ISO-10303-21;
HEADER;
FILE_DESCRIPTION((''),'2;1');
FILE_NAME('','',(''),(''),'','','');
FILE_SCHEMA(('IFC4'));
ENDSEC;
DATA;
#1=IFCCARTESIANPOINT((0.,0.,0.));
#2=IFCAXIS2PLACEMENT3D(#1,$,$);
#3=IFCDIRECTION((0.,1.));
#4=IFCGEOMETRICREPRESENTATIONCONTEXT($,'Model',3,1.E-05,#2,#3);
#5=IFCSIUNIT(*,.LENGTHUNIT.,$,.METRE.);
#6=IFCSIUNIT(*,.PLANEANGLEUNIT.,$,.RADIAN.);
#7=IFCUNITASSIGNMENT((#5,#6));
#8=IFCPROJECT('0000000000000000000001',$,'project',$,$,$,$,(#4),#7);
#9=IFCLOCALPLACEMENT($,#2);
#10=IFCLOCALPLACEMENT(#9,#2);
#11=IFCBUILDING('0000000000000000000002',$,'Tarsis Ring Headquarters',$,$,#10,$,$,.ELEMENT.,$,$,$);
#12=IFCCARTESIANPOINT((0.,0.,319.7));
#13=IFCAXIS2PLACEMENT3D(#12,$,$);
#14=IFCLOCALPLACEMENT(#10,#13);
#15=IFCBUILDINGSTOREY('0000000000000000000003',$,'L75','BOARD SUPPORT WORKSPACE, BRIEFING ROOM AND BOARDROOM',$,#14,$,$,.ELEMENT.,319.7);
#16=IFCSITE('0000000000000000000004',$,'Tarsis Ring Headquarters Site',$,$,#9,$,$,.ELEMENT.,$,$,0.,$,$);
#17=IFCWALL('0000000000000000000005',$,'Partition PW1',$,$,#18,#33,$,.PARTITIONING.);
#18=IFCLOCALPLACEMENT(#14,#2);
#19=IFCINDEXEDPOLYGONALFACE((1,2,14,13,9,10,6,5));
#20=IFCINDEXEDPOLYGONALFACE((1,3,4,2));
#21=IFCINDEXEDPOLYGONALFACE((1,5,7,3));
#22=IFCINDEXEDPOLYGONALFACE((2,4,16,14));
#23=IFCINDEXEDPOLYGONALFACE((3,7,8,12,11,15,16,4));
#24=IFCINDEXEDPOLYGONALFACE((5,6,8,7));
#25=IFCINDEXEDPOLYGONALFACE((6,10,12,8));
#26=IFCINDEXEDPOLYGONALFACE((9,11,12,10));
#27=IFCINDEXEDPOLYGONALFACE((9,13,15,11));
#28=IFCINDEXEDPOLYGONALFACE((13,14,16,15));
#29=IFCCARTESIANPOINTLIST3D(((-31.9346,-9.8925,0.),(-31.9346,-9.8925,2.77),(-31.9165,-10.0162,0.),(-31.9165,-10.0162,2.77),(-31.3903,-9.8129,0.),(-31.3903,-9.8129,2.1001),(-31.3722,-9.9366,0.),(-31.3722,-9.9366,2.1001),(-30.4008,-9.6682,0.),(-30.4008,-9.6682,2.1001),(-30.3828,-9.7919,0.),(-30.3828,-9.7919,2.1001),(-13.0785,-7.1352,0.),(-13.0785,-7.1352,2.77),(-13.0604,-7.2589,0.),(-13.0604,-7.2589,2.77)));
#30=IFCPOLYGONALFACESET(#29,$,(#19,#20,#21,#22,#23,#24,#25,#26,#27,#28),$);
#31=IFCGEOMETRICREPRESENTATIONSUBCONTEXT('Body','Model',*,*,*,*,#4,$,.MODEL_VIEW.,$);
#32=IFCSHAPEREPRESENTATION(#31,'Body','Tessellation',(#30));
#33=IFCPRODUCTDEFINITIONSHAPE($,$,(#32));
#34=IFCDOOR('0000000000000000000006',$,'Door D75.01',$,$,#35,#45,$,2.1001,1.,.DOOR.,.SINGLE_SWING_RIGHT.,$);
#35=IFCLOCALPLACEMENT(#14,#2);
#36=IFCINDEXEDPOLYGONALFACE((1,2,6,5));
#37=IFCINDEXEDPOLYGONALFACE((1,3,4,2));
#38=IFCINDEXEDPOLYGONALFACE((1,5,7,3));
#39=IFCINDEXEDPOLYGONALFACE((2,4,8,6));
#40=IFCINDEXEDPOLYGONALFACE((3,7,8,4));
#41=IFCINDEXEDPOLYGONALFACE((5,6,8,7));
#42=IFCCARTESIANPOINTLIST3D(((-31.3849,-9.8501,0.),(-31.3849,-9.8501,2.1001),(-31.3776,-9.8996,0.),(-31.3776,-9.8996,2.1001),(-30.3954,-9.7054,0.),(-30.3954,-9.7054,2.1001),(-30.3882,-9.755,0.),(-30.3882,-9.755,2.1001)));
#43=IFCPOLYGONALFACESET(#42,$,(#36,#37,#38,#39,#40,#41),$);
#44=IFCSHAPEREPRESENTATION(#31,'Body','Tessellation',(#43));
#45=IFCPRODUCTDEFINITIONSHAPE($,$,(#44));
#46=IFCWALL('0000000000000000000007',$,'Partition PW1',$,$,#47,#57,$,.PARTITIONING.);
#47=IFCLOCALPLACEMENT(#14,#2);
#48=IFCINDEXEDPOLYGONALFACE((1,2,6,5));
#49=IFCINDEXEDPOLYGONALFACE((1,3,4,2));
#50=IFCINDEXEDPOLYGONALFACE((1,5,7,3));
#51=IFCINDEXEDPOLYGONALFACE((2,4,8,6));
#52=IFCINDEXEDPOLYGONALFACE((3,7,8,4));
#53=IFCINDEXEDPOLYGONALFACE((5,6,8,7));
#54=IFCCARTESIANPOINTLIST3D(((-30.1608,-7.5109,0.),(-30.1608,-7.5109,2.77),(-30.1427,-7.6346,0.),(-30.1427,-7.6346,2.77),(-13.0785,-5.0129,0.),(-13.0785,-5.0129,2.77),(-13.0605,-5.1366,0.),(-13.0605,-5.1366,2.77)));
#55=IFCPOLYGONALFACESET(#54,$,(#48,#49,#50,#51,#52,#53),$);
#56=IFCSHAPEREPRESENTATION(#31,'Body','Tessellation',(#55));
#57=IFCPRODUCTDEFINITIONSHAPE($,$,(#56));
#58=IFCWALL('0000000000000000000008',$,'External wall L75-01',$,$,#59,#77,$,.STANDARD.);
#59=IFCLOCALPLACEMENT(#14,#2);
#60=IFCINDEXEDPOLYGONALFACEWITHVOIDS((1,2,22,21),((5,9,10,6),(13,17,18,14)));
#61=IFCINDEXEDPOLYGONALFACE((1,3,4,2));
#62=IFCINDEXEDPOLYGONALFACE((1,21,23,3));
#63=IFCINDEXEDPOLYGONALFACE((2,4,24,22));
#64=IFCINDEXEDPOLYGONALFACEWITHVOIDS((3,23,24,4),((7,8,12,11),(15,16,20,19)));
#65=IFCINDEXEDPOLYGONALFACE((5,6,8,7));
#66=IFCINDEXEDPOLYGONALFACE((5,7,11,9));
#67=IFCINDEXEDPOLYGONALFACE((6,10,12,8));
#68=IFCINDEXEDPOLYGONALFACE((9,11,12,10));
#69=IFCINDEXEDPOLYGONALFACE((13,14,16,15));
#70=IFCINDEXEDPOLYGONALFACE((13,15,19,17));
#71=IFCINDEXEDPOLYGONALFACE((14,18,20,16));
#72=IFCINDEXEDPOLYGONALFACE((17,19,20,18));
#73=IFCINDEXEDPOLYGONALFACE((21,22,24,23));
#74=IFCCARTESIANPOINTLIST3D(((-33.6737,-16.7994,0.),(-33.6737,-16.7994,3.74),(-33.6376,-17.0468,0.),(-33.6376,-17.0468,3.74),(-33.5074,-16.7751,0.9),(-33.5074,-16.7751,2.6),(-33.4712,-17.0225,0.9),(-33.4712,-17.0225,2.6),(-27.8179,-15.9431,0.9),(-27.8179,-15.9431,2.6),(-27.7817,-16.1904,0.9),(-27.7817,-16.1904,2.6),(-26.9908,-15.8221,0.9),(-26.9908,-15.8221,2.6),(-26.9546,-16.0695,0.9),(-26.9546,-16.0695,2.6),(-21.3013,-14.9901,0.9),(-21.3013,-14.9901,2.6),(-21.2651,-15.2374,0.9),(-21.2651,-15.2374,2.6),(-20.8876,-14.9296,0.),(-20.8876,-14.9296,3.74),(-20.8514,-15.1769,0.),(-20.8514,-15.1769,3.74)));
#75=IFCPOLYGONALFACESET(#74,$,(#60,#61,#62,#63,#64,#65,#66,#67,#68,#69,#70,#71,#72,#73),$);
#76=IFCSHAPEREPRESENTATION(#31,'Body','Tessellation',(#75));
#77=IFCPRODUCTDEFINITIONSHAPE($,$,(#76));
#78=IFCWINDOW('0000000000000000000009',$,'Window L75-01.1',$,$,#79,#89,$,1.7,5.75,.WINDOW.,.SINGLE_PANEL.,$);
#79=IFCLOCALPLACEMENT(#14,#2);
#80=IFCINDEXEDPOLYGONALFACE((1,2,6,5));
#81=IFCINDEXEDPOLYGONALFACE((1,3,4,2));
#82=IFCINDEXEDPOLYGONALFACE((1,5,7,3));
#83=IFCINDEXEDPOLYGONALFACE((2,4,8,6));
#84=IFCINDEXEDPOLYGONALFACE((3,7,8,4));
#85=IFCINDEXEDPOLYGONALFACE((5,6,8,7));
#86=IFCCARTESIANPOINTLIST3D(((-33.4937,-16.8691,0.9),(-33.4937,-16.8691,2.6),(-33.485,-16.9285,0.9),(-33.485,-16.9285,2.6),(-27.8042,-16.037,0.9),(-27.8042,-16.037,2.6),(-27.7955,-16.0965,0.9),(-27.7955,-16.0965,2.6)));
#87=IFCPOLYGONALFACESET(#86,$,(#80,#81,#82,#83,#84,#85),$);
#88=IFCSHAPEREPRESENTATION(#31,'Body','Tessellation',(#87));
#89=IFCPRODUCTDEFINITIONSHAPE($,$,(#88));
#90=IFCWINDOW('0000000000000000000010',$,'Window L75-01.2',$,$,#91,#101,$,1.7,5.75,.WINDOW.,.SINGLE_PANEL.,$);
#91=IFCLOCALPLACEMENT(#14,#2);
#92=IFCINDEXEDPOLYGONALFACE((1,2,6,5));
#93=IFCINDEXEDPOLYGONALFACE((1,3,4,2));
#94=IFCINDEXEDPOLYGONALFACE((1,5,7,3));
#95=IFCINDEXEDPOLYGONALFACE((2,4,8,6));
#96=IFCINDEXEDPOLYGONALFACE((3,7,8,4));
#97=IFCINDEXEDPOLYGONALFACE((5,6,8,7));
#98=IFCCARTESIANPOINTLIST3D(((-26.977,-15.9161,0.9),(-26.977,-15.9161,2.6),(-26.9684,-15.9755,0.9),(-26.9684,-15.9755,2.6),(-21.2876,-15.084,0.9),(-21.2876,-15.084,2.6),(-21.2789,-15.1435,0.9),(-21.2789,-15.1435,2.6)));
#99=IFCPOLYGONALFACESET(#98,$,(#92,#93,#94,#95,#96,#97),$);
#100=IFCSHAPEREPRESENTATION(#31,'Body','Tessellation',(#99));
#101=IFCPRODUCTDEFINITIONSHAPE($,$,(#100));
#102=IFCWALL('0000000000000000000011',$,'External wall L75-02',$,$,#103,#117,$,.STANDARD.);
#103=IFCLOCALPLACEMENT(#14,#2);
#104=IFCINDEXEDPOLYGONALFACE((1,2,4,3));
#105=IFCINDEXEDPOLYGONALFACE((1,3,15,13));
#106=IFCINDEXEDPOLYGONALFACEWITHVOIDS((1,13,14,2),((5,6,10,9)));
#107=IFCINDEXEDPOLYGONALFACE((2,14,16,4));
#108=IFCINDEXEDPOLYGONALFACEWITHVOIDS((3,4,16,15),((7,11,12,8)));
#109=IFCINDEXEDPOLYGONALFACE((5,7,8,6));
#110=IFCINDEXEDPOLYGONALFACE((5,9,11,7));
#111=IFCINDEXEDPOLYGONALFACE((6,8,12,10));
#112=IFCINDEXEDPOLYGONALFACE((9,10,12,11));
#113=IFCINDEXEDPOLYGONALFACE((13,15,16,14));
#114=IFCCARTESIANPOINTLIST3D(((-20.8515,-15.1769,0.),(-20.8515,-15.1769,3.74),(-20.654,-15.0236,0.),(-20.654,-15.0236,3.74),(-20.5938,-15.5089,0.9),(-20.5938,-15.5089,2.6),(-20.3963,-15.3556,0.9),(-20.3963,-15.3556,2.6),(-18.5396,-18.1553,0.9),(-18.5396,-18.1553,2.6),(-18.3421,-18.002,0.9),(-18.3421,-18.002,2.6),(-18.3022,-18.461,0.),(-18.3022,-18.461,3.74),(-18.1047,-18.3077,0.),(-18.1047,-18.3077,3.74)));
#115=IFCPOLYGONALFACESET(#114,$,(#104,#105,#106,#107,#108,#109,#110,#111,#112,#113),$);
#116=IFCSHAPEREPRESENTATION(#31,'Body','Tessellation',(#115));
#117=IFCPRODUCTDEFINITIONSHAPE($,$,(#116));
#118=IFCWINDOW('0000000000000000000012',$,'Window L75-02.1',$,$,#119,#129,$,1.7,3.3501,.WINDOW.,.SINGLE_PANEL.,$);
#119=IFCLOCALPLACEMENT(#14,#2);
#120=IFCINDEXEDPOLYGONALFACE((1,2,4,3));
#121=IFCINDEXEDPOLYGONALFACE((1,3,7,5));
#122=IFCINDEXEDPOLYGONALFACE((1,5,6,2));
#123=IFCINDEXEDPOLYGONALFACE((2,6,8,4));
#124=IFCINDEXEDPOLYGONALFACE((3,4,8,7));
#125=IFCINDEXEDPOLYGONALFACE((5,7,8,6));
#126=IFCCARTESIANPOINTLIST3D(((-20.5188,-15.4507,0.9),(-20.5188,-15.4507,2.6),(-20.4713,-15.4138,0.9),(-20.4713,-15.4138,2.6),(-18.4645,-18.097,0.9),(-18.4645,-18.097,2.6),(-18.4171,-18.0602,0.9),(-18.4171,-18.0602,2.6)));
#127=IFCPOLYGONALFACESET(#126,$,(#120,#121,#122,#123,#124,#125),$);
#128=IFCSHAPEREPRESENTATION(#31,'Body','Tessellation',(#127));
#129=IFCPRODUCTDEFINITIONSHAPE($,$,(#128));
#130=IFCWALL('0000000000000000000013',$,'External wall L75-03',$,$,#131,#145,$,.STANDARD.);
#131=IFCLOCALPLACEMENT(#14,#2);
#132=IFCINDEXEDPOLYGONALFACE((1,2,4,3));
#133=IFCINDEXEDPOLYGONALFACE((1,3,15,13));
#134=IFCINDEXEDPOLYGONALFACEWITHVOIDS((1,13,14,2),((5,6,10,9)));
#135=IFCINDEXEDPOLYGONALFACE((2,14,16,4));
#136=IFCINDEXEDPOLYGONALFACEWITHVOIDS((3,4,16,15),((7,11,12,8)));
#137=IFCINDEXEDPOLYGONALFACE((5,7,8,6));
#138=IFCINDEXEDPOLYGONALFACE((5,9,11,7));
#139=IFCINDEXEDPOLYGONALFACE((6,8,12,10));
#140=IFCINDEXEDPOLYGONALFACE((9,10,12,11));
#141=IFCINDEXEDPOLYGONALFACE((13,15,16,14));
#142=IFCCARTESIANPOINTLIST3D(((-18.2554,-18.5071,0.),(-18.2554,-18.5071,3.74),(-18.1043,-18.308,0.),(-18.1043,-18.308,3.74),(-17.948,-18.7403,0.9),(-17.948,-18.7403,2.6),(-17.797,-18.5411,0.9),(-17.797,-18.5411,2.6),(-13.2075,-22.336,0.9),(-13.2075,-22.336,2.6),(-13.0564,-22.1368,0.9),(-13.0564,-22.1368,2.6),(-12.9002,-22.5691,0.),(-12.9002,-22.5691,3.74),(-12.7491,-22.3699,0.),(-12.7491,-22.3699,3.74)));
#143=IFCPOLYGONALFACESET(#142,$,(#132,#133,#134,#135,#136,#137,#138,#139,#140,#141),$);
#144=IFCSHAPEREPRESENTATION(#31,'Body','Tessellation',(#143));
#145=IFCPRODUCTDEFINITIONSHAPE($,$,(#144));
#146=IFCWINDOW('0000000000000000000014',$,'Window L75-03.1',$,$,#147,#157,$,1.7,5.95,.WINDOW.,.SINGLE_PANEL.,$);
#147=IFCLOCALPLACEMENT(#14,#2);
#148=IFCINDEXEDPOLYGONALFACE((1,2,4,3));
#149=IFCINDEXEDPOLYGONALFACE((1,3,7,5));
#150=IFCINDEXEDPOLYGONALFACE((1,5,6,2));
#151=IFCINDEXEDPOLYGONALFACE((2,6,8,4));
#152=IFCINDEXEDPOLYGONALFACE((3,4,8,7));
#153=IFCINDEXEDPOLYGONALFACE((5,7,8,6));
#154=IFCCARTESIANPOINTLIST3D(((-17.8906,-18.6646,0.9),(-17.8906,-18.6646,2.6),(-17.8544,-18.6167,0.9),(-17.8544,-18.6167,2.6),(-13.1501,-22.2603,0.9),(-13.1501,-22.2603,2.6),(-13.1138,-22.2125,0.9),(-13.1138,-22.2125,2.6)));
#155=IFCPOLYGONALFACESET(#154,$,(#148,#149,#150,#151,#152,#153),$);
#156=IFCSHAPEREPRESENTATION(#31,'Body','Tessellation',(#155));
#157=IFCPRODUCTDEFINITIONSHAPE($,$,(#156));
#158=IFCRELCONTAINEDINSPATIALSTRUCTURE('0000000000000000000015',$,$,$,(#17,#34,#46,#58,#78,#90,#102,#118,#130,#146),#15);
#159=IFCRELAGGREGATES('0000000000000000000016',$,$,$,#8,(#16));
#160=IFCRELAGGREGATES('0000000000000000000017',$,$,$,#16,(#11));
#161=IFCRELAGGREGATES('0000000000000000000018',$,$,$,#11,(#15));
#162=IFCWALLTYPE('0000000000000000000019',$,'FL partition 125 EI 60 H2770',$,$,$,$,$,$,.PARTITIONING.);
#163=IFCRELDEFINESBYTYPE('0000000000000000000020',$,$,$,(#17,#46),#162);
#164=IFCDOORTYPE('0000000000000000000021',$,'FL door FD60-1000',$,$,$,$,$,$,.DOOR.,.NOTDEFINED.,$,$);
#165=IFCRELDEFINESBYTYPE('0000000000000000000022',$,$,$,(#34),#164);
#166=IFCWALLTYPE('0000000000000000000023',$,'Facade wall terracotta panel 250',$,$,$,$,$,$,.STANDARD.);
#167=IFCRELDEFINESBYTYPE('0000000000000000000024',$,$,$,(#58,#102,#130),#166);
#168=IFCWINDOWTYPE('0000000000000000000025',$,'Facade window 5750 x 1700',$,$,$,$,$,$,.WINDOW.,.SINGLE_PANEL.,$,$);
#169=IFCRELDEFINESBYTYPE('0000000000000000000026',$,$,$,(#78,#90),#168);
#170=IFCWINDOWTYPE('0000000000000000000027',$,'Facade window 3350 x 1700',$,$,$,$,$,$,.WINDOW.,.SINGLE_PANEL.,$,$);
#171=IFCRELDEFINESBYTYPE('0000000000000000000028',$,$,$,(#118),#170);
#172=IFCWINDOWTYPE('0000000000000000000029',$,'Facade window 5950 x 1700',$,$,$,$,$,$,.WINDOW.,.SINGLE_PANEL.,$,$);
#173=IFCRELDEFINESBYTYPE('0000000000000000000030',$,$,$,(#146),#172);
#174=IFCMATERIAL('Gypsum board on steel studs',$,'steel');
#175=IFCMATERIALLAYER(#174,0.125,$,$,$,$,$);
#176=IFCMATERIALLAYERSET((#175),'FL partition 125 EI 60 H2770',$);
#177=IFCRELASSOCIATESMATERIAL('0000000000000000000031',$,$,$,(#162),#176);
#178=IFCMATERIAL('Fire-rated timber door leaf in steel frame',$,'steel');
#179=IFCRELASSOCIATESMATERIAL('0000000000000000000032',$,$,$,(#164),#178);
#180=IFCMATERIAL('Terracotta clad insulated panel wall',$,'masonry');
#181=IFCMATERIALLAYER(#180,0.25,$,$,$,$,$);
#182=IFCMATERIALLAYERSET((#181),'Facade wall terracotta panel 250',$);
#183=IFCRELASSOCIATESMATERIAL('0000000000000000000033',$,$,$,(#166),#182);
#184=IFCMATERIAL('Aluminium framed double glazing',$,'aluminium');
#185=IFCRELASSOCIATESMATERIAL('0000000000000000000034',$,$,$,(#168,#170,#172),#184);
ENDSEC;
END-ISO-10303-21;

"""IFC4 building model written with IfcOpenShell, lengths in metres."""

from ifc_helpers import new_model, si_unit, direction, frame, frame_2d, origin, place, context, subcontext, project, spatial, rectangle, extrude, material, layer, layer_set, type_object, element, fill, save


model = new_model("IFC4")

# Units and contexts
model_context = context("Model", 3, precision=1e-05, world=origin(), true_north=direction((0.0, 1.0)))
body_context = subcontext(model_context, "Body", "Model", "MODEL_VIEW")
ifc_project = project(units=[si_unit("LENGTHUNIT", "METRE"), si_unit("PLANEANGLEUNIT", "RADIAN")], contexts=[model_context])

# Site, building, storey
site_placement = place(None, origin())
site = spatial("IfcSite", under=ifc_project, at=site_placement, Name="Tarsis Ring Headquarters Site", CompositionType="ELEMENT", RefElevation=0.0)
building_placement = place(site_placement, origin())
building = spatial("IfcBuilding", under=site, at=building_placement, Name="Tarsis Ring Headquarters", CompositionType="ELEMENT")
storey_placement = place(building_placement, frame((0.0, 0.0, 319.7)))
storey = spatial("IfcBuildingStorey", under=building, at=storey_placement, Name="L75", Description="BOARD SUPPORT WORKSPACE, BRIEFING ROOM AND BOARDROOM", CompositionType="ELEMENT", Elevation=319.7)

# Shared definitions
ifc_material_1 = material(Name="Gypsum board on steel studs", Category="steel")

# Wall, opening, door
ifc_layer_1 = layer(ifc_material_1, 0.125)
ifc_layer_set_1 = layer_set([ifc_layer_1], Name="FL partition 125 EI 60 H2770")
wall_type_1 = type_object("IfcWallType", Name="FL partition 125 EI 60 H2770", PredefinedType="PARTITIONING", material=ifc_layer_set_1)
wall_1_placement = place(storey_placement, frame((-31.9255, -9.9543, 0.0), z_axis=(0.0, 0.0, 1.0), x_axis=(0.989477, 0.14469, 0.0)))
wall_1 = element("IfcWall", 1, at=wall_1_placement, inside=storey, type_object=wall_type_1, Name="Partition PW1", PredefinedType="PARTITIONING", context=body_context, shape_type="SweptSolid", body=[
    extrude(rectangle(XDim=19.0566, YDim=0.125, at=frame_2d((9.5283, 0.0))), origin(), (0.0, 0.0, 1.0), 2.77),
])
opening_1_placement = place(wall_1_placement, frame((0.55, 0.0, 0.0)))
opening_1 = element("IfcOpeningElement", 2, at=opening_1_placement, cuts=wall_1, PredefinedType="OPENING", context=body_context, shape_type="SweptSolid", body=[
    extrude(rectangle(XDim=1.0, YDim=2.1001, at=frame_2d((0.5, 1.05))), frame((0.0, 0.0725, 0.0), z_axis=(0.0, -1.0, 0.0), x_axis=(1.0, 0.0, 0.0)), (0.0, 0.0, 1.0), 0.145),
])
ifc_material_2 = material(Name="Fire-rated timber door leaf in steel frame", Category="steel")
door_type = type_object("IfcDoorType", Name="FL door FD60-1000", OperationType="NOTDEFINED", PredefinedType="DOOR", material=ifc_material_2)
door_placement = place(opening_1_placement, origin())
door = element("IfcDoor", 3, at=door_placement, inside=storey, type_object=door_type, Name="Door D75.01", OperationType="SINGLE_SWING_RIGHT", OverallHeight=2.1001, OverallWidth=1.0, PredefinedType="DOOR", context=body_context, shape_type="SweptSolid", body=[
    extrude(rectangle(XDim=1.0, YDim=2.1001, at=frame_2d((0.5, 1.05))), frame((0.0, 0.0249, 0.0), z_axis=(0.0, -1.0, 0.0), x_axis=(1.0, 0.0, 0.0)), (0.0, 0.0, 1.0), 0.05),
])
fill(opening_1, door)

# Wall
wall_2_placement = place(storey_placement, frame((-30.1516, -7.5728, 0.0), z_axis=(0.0, 0.0, 1.0), x_axis=(0.989476, 0.144697, 0.0)))
element("IfcWall", 4, at=wall_2_placement, inside=storey, type_object=wall_type_1, Name="Partition PW1", PredefinedType="PARTITIONING", context=body_context, shape_type="SweptSolid", body=[
    extrude(rectangle(XDim=17.2639, YDim=0.125, at=frame_2d((8.6318, 0.0))), origin(), (0.0, 0.0, 1.0), 2.77),
])

# Wall, openings, windows
ifc_material_3 = material(Name="Terracotta clad insulated panel wall", Category="masonry")
ifc_layer_2 = layer(ifc_material_3, 0.25)
ifc_layer_set_2 = layer_set([ifc_layer_2], Name="Facade wall terracotta panel 250")
wall_type_2 = type_object("IfcWallType", Name="Facade wall terracotta panel 250", PredefinedType="STANDARD", material=ifc_layer_set_2)
wall_3_placement = place(storey_placement, frame((-33.6555, -16.9231, 0.0), z_axis=(0.0, 0.0, 1.0), x_axis=(0.989475, 0.144703, 0.0)))
wall_3 = element("IfcWall", 5, at=wall_3_placement, inside=storey, type_object=wall_type_2, Name="External wall L75-01", PredefinedType="STANDARD", context=body_context, shape_type="SweptSolid", body=[
    extrude(rectangle(XDim=12.9221, YDim=0.25, at=frame_2d((6.4609, 0.0))), origin(), (0.0, 0.0, 1.0), 3.74),
])
opening_2_placement = place(wall_3_placement, frame((0.168, 0.0, 0.8999)))
opening_2 = element("IfcOpeningElement", 6, at=opening_2_placement, cuts=wall_3, PredefinedType="OPENING", context=body_context, shape_type="SweptSolid", body=[
    extrude(rectangle(XDim=5.75, YDim=1.7, at=frame_2d((2.875, 0.8501))), frame((0.0, 0.135, 0.0), z_axis=(0.0, -1.0, 0.0), x_axis=(1.0, 0.0, 0.0)), (0.0, 0.0, 1.0), 0.27),
])
opening_3_placement = place(wall_3_placement, frame((6.7539, 0.0, 0.8999)))
opening_3 = element("IfcOpeningElement", 7, at=opening_3_placement, cuts=wall_3, PredefinedType="OPENING", context=body_context, shape_type="SweptSolid", body=[
    extrude(rectangle(XDim=5.75, YDim=1.7, at=frame_2d((2.875, 0.8501))), frame((0.0, 0.135, 0.0), z_axis=(0.0, -1.0, 0.0), x_axis=(1.0, 0.0, 0.0)), (0.0, 0.0, 1.0), 0.27),
])
ifc_material_4 = material(Name="Aluminium framed double glazing", Category="aluminium")
window_type_1 = type_object("IfcWindowType", Name="Facade window 5750 x 1700", PartitioningType="SINGLE_PANEL", PredefinedType="WINDOW", material=ifc_material_4)
window_1_placement = place(opening_2_placement, origin())
window_1 = element("IfcWindow", 8, at=window_1_placement, inside=storey, type_object=window_type_1, Name="Window L75-01.1", OverallHeight=1.7, OverallWidth=5.75, PartitioningType="SINGLE_PANEL", PredefinedType="WINDOW", context=body_context, shape_type="SweptSolid", body=[
    extrude(rectangle(XDim=5.75, YDim=1.7, at=frame_2d((2.875, 0.8501))), frame((0.0, 0.03, 0.0), z_axis=(0.0, -1.0, 0.0), x_axis=(1.0, 0.0, 0.0)), (0.0, 0.0, 1.0), 0.0601),
])
fill(opening_2, window_1)
window_2_placement = place(opening_3_placement, origin())
window_2 = element("IfcWindow", 9, at=window_2_placement, inside=storey, type_object=window_type_1, Name="Window L75-01.2", OverallHeight=1.7, OverallWidth=5.75, PartitioningType="SINGLE_PANEL", PredefinedType="WINDOW", context=body_context, shape_type="SweptSolid", body=[
    extrude(rectangle(XDim=5.75, YDim=1.7, at=frame_2d((2.875, 0.8501))), frame((0.0, 0.03, 0.0), z_axis=(0.0, -1.0, 0.0), x_axis=(1.0, 0.0, 0.0)), (0.0, 0.0, 1.0), 0.0601),
])
fill(opening_3, window_2)

# Walls, openings, windows
wall_4_placement = place(storey_placement, frame((-20.7527, -15.1003, 0.0), z_axis=(0.0, 0.0, 1.0), x_axis=(0.613184, -0.78994, 0.0)))
wall_4 = element("IfcWall", 10, at=wall_4_placement, inside=storey, type_object=wall_type_2, Name="External wall L75-02", PredefinedType="STANDARD", context=body_context, shape_type="SweptSolid", body=[
    extrude(rectangle(XDim=4.1575, YDim=0.25, at=frame_2d((2.0786, 0.0))), origin(), (0.0, 0.0, 1.0), 3.74),
])
opening_4_placement = place(wall_4_placement, frame((0.4202, 0.0, 0.8999)))
opening_4 = element("IfcOpeningElement", 11, at=opening_4_placement, cuts=wall_4, PredefinedType="OPENING", context=body_context, shape_type="SweptSolid", body=[
    extrude(rectangle(XDim=3.3501, YDim=1.7, at=frame_2d((1.675, 0.8501))), frame((0.0, 0.135, 0.0), z_axis=(0.0, -1.0, 0.0), x_axis=(1.0, 0.0, 0.0)), (0.0, 0.0, 1.0), 0.27),
])
window_type_2 = type_object("IfcWindowType", Name="Facade window 3350 x 1700", PartitioningType="SINGLE_PANEL", PredefinedType="WINDOW", material=ifc_material_4)
window_3_placement = place(opening_4_placement, origin())
window_3 = element("IfcWindow", 12, at=window_3_placement, inside=storey, type_object=window_type_2, Name="Window L75-02.1", OverallHeight=1.7, OverallWidth=3.3501, PartitioningType="SINGLE_PANEL", PredefinedType="WINDOW", context=body_context, shape_type="SweptSolid", body=[
    extrude(rectangle(XDim=3.3501, YDim=1.7, at=frame_2d((1.675, 0.8501))), frame((0.0, 0.03, 0.0), z_axis=(0.0, -1.0, 0.0), x_axis=(1.0, 0.0, 0.0)), (0.0, 0.0, 1.0), 0.0601),
])
fill(opening_4, window_3)
wall_5_placement = place(storey_placement, frame((-18.1799, -18.4075, 0.0), z_axis=(0.0, 0.0, 1.0), x_axis=(0.796732, -0.604332, 0.0)))
wall_5 = element("IfcWall", 13, at=wall_5_placement, inside=storey, type_object=wall_type_2, Name="External wall L75-03", PredefinedType="STANDARD", context=body_context, shape_type="SweptSolid", body=[
    extrude(rectangle(XDim=6.7214, YDim=0.25, at=frame_2d((3.3608, 0.0))), origin(), (0.0, 0.0, 1.0), 3.74),
])
opening_5_placement = place(wall_5_placement, frame((0.3857, 0.0, 0.8999)))
opening_5 = element("IfcOpeningElement", 14, at=opening_5_placement, cuts=wall_5, PredefinedType="OPENING", context=body_context, shape_type="SweptSolid", body=[
    extrude(rectangle(XDim=5.95, YDim=1.7, at=frame_2d((2.9751, 0.8501))), frame((0.0, 0.135, 0.0), z_axis=(0.0, -1.0, 0.0), x_axis=(1.0, 0.0, 0.0)), (0.0, 0.0, 1.0), 0.27),
])
window_type_3 = type_object("IfcWindowType", Name="Facade window 5950 x 1700", PartitioningType="SINGLE_PANEL", PredefinedType="WINDOW", material=ifc_material_4)
window_4_placement = place(opening_5_placement, origin())
window_4 = element("IfcWindow", 15, at=window_4_placement, inside=storey, type_object=window_type_3, Name="Window L75-03.1", OverallHeight=1.7, OverallWidth=5.95, PartitioningType="SINGLE_PANEL", PredefinedType="WINDOW", context=body_context, shape_type="SweptSolid", body=[
    extrude(rectangle(XDim=5.95, YDim=1.7, at=frame_2d((2.9751, 0.8501))), frame((0.0, 0.03, 0.0), z_axis=(0.0, -1.0, 0.0), x_axis=(1.0, 0.0, 0.0)), (0.0, 0.0, 1.0), 0.0601),
])
fill(opening_5, window_4)

save(model, "model.ifc")
